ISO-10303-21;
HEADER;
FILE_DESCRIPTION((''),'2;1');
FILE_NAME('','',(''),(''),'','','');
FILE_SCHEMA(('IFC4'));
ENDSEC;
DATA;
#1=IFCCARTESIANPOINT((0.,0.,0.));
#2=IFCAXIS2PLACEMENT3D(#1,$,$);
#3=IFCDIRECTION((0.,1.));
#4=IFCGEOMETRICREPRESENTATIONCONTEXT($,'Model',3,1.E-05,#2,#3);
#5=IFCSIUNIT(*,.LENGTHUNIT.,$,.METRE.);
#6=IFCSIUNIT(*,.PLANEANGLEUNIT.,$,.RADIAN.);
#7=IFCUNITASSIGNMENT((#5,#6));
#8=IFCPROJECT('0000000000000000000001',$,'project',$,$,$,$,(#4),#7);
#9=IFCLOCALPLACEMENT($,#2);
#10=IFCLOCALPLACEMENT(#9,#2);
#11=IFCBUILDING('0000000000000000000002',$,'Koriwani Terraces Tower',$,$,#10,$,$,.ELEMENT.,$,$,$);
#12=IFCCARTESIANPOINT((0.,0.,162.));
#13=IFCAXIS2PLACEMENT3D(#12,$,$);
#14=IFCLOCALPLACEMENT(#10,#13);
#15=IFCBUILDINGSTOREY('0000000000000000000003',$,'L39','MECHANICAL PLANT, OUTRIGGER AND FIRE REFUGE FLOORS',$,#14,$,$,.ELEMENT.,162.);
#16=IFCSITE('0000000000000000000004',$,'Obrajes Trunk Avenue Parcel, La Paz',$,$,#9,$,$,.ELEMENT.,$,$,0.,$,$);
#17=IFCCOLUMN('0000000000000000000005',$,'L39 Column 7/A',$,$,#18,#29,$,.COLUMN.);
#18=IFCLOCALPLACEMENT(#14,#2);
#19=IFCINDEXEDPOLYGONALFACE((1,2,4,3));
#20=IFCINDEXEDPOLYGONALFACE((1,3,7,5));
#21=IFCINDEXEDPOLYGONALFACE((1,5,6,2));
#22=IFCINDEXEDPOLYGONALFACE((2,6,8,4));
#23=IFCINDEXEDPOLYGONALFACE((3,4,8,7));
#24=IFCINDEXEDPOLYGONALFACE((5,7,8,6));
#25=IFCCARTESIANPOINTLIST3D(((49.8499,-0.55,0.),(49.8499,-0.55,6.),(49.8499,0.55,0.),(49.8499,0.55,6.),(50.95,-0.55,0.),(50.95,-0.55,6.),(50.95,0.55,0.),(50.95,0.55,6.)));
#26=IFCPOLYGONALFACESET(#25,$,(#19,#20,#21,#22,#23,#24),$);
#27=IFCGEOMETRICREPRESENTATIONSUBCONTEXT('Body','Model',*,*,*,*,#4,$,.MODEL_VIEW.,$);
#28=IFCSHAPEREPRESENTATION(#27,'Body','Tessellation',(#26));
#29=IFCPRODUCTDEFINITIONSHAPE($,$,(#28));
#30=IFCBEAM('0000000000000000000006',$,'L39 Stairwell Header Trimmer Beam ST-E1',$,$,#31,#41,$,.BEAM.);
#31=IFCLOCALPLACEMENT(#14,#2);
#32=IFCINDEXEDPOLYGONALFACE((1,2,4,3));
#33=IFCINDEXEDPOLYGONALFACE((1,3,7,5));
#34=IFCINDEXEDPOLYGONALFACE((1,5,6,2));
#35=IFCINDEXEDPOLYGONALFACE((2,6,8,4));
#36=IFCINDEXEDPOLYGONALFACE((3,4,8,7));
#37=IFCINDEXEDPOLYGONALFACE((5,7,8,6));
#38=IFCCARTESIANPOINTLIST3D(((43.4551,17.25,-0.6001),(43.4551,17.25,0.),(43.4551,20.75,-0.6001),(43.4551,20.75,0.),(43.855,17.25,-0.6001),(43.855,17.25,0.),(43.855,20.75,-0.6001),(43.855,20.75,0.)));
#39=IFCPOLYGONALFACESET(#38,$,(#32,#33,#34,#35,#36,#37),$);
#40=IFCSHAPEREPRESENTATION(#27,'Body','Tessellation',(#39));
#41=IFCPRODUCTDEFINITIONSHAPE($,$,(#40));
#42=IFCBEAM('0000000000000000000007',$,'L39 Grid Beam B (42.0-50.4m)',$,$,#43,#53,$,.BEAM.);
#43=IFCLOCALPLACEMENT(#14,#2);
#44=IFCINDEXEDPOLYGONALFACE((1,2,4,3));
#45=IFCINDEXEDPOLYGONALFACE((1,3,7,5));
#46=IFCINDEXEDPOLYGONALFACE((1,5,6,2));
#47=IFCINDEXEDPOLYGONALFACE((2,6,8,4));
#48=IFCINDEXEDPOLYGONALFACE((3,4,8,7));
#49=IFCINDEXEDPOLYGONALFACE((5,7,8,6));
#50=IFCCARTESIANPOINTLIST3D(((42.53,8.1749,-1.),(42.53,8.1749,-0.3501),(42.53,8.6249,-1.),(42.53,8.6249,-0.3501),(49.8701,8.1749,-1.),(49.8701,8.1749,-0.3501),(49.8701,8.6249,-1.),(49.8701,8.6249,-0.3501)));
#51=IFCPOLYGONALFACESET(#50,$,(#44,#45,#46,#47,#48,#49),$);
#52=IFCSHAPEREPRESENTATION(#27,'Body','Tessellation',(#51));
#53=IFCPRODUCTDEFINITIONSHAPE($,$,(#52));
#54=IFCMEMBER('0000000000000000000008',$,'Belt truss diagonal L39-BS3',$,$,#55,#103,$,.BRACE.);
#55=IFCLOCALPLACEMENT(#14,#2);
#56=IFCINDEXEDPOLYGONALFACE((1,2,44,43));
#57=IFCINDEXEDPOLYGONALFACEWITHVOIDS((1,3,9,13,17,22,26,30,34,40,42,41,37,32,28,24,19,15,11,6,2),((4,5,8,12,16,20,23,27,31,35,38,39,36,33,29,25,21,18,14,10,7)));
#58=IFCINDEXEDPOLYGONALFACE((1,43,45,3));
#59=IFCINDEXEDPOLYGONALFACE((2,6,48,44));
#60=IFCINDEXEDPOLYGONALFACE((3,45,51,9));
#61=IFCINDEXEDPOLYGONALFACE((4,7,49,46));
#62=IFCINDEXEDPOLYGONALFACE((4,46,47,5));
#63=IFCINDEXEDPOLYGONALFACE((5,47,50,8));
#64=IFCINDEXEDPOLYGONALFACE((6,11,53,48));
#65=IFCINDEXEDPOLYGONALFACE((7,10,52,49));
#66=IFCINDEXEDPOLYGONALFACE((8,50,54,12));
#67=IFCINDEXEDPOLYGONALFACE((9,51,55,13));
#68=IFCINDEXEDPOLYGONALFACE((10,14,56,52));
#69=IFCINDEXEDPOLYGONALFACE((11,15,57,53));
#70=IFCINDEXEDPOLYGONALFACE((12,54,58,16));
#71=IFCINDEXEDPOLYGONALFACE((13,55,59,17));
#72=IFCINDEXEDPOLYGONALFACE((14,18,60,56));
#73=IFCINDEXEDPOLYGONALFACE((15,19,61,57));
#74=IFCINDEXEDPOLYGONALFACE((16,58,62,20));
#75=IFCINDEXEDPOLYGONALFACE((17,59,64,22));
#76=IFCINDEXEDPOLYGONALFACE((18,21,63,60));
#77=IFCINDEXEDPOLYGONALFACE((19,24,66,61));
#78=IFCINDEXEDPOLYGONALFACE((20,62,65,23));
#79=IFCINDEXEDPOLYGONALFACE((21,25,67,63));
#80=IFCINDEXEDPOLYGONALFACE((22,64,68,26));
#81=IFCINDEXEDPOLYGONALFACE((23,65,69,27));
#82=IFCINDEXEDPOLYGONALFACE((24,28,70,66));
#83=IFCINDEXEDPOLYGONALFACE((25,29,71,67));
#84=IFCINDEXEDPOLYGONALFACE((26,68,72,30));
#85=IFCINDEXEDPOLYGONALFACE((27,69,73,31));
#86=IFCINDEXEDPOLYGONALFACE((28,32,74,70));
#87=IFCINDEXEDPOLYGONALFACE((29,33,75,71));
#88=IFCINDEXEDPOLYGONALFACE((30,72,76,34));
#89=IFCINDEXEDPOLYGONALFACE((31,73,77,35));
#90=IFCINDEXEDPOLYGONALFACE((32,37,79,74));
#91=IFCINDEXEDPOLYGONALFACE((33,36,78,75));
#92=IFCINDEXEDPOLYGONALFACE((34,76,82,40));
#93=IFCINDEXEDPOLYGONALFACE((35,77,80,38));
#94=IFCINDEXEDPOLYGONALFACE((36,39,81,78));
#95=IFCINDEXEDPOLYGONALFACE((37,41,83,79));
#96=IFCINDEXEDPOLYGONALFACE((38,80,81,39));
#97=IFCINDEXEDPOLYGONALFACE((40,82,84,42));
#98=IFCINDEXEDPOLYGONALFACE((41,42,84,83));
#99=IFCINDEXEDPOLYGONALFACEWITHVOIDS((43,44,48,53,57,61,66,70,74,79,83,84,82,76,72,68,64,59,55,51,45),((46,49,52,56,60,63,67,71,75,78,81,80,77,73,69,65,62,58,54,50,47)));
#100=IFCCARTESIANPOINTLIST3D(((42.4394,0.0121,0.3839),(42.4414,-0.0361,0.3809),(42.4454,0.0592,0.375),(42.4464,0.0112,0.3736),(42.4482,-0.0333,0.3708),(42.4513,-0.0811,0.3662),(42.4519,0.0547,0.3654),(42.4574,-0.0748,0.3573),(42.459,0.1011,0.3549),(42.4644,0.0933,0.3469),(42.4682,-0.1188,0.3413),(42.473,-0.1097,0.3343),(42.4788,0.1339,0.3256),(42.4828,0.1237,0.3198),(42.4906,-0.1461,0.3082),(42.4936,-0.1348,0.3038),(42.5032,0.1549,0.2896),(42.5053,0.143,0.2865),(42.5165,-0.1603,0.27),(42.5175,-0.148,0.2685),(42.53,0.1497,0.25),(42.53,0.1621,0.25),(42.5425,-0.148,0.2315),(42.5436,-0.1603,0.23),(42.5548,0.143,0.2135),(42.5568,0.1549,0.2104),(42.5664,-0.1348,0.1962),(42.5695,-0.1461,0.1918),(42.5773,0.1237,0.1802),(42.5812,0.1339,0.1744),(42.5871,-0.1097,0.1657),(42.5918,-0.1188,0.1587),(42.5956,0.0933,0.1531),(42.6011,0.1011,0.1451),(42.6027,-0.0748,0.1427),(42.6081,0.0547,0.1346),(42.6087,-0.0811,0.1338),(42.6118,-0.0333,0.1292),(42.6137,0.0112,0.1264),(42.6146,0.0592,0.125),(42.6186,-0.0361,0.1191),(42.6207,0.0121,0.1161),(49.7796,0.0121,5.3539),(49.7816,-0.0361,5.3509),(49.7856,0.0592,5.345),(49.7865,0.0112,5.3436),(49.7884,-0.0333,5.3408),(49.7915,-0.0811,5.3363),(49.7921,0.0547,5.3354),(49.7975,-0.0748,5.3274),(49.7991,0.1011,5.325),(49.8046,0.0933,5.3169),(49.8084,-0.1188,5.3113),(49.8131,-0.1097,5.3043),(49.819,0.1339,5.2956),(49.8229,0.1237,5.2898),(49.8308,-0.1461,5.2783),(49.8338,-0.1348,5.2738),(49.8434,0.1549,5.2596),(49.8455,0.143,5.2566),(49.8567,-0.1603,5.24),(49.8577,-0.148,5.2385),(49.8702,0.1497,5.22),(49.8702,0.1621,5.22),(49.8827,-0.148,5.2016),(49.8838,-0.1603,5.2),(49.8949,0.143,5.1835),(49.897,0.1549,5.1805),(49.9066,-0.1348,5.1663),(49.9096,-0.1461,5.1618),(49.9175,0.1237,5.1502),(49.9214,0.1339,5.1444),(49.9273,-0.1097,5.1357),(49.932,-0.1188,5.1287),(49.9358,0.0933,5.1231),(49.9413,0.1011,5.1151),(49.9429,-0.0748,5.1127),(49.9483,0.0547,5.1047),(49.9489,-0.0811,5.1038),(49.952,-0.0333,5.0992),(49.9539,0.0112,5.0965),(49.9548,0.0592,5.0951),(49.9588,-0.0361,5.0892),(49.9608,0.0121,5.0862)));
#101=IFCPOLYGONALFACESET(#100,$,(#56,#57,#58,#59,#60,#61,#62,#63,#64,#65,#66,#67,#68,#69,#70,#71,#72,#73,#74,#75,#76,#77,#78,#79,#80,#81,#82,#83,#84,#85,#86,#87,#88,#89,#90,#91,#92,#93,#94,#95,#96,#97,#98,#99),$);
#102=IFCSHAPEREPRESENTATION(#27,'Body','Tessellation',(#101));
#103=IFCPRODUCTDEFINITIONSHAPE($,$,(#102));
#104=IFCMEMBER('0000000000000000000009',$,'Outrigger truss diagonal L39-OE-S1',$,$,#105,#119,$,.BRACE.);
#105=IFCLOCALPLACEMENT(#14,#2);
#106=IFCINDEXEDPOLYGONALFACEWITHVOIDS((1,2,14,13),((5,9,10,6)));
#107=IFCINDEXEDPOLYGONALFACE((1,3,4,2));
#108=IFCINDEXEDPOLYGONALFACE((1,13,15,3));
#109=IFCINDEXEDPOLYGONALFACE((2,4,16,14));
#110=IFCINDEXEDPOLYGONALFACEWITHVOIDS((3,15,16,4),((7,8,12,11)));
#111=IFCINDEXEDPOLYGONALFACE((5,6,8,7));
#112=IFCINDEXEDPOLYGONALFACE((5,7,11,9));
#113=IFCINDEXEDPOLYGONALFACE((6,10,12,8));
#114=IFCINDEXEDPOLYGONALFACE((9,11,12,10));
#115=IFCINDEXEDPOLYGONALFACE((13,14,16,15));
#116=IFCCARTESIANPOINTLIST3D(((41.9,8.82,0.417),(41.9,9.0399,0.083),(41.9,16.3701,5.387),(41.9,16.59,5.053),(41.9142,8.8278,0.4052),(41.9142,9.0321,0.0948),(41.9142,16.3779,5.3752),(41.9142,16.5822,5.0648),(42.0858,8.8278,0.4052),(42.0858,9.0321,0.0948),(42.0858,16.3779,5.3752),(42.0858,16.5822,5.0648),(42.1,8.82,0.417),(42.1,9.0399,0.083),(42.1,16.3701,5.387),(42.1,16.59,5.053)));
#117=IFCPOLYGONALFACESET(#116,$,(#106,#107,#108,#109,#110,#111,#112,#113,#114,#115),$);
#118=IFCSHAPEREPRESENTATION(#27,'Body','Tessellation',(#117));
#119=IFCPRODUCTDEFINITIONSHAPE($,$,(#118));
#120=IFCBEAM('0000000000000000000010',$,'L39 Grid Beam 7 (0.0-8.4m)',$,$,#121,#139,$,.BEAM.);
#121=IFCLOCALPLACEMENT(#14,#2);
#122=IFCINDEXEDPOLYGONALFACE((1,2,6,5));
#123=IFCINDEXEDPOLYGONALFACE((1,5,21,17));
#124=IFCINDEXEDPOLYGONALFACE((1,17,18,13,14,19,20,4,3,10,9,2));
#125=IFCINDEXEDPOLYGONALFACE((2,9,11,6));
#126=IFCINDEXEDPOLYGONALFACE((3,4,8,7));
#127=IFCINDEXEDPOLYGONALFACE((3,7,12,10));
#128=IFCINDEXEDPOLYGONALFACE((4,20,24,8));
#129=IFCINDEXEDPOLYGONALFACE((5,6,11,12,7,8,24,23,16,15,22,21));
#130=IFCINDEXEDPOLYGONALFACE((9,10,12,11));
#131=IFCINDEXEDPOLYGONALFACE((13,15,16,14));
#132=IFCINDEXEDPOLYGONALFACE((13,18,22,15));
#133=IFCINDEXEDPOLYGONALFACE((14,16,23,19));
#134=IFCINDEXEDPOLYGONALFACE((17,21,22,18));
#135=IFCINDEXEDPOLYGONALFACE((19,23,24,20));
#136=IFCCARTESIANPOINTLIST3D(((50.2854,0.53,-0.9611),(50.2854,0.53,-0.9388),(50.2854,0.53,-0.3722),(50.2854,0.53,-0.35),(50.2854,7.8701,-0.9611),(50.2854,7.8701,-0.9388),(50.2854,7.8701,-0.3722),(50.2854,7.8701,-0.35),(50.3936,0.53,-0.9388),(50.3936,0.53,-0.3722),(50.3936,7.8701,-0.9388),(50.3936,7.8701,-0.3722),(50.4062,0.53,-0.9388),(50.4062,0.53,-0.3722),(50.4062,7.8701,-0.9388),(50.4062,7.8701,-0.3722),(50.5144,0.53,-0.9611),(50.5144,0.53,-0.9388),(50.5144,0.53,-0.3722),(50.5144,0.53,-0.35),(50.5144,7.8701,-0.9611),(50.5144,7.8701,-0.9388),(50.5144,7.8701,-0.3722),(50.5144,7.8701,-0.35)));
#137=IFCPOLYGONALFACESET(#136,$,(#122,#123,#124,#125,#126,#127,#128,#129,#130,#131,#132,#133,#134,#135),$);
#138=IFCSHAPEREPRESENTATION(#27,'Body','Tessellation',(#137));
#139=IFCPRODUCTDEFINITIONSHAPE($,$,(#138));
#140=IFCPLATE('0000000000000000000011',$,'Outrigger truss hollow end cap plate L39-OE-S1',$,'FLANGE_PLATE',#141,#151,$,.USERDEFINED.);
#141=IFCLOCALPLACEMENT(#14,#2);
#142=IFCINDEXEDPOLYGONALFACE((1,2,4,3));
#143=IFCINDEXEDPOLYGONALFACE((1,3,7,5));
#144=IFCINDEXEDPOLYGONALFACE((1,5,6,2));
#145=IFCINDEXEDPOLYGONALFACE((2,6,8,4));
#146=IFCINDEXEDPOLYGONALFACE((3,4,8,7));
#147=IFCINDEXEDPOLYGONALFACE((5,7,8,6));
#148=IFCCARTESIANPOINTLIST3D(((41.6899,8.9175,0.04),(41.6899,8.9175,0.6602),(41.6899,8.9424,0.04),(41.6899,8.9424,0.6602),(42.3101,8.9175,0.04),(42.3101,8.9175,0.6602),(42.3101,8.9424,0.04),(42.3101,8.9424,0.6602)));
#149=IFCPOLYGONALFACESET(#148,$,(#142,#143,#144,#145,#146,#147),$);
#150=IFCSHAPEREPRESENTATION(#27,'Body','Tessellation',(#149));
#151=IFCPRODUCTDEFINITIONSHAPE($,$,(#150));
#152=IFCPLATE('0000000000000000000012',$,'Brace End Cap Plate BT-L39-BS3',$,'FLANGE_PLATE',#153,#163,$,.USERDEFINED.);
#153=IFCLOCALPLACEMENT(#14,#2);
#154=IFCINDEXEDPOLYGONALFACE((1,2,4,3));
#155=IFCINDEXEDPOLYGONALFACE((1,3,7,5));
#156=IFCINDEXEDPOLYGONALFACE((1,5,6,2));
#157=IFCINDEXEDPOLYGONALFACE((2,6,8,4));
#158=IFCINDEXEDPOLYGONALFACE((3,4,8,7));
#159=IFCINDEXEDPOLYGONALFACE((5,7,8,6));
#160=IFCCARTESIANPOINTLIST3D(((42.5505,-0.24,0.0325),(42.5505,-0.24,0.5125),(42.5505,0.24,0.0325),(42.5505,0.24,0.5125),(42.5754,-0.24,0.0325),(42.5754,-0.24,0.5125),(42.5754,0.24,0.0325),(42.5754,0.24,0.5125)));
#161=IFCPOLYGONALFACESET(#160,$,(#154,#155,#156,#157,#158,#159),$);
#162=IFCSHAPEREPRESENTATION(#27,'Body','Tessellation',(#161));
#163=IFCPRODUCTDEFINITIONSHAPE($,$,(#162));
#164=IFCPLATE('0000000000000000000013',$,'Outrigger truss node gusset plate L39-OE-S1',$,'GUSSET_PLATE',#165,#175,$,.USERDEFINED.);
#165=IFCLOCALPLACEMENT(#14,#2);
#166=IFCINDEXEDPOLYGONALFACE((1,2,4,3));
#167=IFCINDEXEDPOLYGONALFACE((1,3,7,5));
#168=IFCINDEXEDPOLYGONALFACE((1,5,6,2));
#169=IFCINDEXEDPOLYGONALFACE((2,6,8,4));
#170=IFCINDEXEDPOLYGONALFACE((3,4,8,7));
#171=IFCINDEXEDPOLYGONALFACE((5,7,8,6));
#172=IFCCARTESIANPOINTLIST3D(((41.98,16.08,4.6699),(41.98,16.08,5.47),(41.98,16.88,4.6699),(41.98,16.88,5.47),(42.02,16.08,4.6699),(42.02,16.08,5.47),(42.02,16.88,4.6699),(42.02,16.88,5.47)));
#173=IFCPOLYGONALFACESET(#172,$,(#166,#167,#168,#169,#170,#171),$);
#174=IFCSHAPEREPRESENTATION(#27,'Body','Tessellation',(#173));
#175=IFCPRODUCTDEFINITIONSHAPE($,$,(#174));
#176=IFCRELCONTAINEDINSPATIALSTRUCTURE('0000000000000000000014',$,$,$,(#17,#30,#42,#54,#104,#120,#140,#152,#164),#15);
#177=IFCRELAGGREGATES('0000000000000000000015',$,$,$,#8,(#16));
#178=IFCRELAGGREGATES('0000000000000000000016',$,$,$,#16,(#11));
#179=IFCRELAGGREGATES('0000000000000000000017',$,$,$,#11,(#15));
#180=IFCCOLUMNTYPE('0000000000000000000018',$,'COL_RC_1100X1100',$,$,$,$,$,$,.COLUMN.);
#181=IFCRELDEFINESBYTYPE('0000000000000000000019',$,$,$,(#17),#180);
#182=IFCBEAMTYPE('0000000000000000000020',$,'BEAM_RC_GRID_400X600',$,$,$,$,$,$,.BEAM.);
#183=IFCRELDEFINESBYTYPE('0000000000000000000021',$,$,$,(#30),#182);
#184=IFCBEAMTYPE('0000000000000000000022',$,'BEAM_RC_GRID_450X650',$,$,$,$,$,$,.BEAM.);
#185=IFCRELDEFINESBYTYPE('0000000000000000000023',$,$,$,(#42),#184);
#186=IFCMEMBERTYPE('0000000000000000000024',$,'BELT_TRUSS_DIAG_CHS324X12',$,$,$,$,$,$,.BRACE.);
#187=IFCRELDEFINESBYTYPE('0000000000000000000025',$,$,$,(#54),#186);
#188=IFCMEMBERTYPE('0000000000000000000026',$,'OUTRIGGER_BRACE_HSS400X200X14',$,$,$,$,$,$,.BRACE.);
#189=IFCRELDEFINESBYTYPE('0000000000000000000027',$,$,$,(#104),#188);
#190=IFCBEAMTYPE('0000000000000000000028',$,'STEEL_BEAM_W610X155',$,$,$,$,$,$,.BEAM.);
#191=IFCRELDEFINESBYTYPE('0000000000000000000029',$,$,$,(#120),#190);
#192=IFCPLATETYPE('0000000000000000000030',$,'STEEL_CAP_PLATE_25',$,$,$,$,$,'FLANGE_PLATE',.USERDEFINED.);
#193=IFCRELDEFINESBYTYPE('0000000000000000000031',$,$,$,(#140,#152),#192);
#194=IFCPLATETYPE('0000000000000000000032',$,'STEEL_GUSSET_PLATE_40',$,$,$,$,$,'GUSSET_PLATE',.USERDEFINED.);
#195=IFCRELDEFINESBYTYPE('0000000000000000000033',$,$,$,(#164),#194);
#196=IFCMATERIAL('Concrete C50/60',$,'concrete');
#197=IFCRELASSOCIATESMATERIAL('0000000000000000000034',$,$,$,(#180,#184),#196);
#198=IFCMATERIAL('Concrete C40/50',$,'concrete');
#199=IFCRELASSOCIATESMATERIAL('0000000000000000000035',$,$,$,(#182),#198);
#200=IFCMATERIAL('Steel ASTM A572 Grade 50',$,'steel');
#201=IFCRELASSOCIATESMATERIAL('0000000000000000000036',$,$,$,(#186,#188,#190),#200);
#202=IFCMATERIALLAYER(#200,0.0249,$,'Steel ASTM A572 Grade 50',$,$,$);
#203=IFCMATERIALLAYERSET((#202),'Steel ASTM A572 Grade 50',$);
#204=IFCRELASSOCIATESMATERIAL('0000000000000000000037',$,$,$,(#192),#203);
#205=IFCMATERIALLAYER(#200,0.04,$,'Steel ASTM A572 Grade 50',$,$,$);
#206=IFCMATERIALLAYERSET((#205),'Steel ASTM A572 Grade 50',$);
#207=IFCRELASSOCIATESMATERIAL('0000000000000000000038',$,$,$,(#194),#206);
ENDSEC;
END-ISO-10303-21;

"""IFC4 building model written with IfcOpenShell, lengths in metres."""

from ifc_helpers import new_model, si_unit, direction, frame, origin, origin_2d, place, context, subcontext, project, spatial, rectangle, hollow_rectangle, hollow_circle, i_section, extrude, material, layer, layer_set, material_profile, profile_set, type_object, element, save


model = new_model("IFC4")

# Units and contexts
model_context = context("Model", 3, precision=1e-05, world=origin(), true_north=direction((0.0, 1.0)))
body_context = subcontext(model_context, "Body", "Model", "MODEL_VIEW")
ifc_project = project(units=[si_unit("LENGTHUNIT", "METRE"), si_unit("PLANEANGLEUNIT", "RADIAN")], contexts=[model_context])

# Site, building, storey
site_placement = place(None, origin())
site = spatial("IfcSite", under=ifc_project, at=site_placement, Name="Obrajes Trunk Avenue Parcel, La Paz", CompositionType="ELEMENT", RefElevation=0.0)
building_placement = place(site_placement, origin())
building = spatial("IfcBuilding", under=site, at=building_placement, Name="Koriwani Terraces Tower", CompositionType="ELEMENT")
storey_placement = place(building_placement, frame((0.0, 0.0, 162.0)))
storey = spatial("IfcBuildingStorey", under=building, at=storey_placement, Name="L39", Description="MECHANICAL PLANT, OUTRIGGER AND FIRE REFUGE FLOORS", CompositionType="ELEMENT", Elevation=162.0)

# Column
ifc_material_1 = material(Name="Concrete C50/60", Category="concrete")
ifc_material_profile_1 = material_profile(ifc_material_1, rectangle(XDim=1.1001, YDim=1.1001, at=origin_2d()), Name="Concrete C50/60", Category="LoadBearing")
ifc_profile_set_1 = profile_set([ifc_material_profile_1], Name="Concrete C50/60")
column_type = type_object("IfcColumnType", Name="COL_RC_1100X1100", PredefinedType="COLUMN", material=ifc_profile_set_1)
column_placement = place(storey_placement, frame((50.3999, 0.0, 0.0), z_axis=(0.0, 0.0, 1.0), x_axis=(1.0, 0.0, 0.0)))
element("IfcColumn", 1, at=column_placement, inside=storey, type_object=column_type, Name="L39 Column 7/A", PredefinedType="COLUMN", context=body_context, shape_type="SweptSolid", body=[
    extrude(rectangle(XDim=1.1001, YDim=1.1001, at=origin_2d()), origin(), (0.0, 0.0, 1.0), 6.0),
])

# Beams
ifc_material_2 = material(Name="Concrete C40/50", Category="concrete")
ifc_material_profile_2 = material_profile(ifc_material_2, rectangle(XDim=0.3999, YDim=0.6001, at=origin_2d()), Name="Concrete C40/50", Category="LoadBearing")
ifc_profile_set_2 = profile_set([ifc_material_profile_2], Name="Concrete C40/50")
beam_type_1 = type_object("IfcBeamType", Name="BEAM_RC_GRID_400X600", PredefinedType="BEAM", material=ifc_profile_set_2)
beam_1_placement = place(storey_placement, frame((43.655, 17.25, -0.3), z_axis=(0.0, 1.0, 0.0), x_axis=(-1.0, 0.0, 0.0)))
element("IfcBeam", 2, at=beam_1_placement, inside=storey, type_object=beam_type_1, Name="L39 Stairwell Header Trimmer Beam ST-E1", PredefinedType="BEAM", context=body_context, shape_type="SweptSolid", body=[
    extrude(rectangle(XDim=0.3999, YDim=0.6001, at=origin_2d()), origin(), (0.0, 0.0, 1.0), 3.5),
])
ifc_material_profile_3 = material_profile(ifc_material_1, rectangle(XDim=0.45, YDim=0.6499, at=origin_2d()), Name="Concrete C50/60", Category="LoadBearing")
ifc_profile_set_3 = profile_set([ifc_material_profile_3], Name="Concrete C50/60")
beam_type_2 = type_object("IfcBeamType", Name="BEAM_RC_GRID_450X650", PredefinedType="BEAM", material=ifc_profile_set_3)
beam_2_placement = place(storey_placement, frame((42.53, 8.3999, -0.675), z_axis=(1.0, 0.0, 0.0), x_axis=(0.0, 1.0, 0.0)))
element("IfcBeam", 3, at=beam_2_placement, inside=storey, type_object=beam_type_2, Name="L39 Grid Beam B (42.0-50.4m)", PredefinedType="BEAM", context=body_context, shape_type="SweptSolid", body=[
    extrude(rectangle(XDim=0.45, YDim=0.6499, at=origin_2d()), origin(), (0.0, 0.0, 1.0), 7.3401),
])

# Members
ifc_material_3 = material(Name="Steel ASTM A572 Grade 50", Category="steel")
ifc_material_profile_4 = material_profile(ifc_material_3, hollow_circle(Radius=0.1621, WallThickness=0.0125, at=origin_2d()), Name="Steel ASTM A572 Grade 50", Category="LoadBearing")
ifc_profile_set_4 = profile_set([ifc_material_profile_4], Name="Steel ASTM A572 Grade 50")
member_type_1 = type_object("IfcMemberType", Name="BELT_TRUSS_DIAG_CHS324X12", PredefinedType="BRACE", material=ifc_profile_set_4)
member_1_placement = place(storey_placement, frame((42.53, 0.0, 0.25), z_axis=(0.828042, 0.0, 0.560667), x_axis=(0.0, 1.0, 0.0)))
element("IfcMember", 4, at=member_1_placement, inside=storey, type_object=member_type_1, Name="Belt truss diagonal L39-BS3", PredefinedType="BRACE", context=body_context, shape_type="SweptSolid", body=[
    extrude(hollow_circle(Radius=0.1621, WallThickness=0.0125, at=origin_2d()), origin(), (0.0, 0.0, 1.0), 8.8645),
])
ifc_material_profile_5 = material_profile(ifc_material_3, hollow_rectangle(XDim=0.2, YDim=0.3999, WallThickness=0.0142, at=origin_2d()), Name="Steel ASTM A572 Grade 50", Category="LoadBearing")
ifc_profile_set_5 = profile_set([ifc_material_profile_5], Name="Steel ASTM A572 Grade 50")
member_type_2 = type_object("IfcMemberType", Name="OUTRIGGER_BRACE_HSS400X200X14", PredefinedType="BRACE", material=ifc_profile_set_5)
member_2_placement = place(storey_placement, frame((42.0, 8.9299, 0.25), z_axis=(0.0, 0.835273, 0.549835), x_axis=(-1.0, 0.0, 0.0)))
element("IfcMember", 5, at=member_2_placement, inside=storey, type_object=member_type_2, Name="Outrigger truss diagonal L39-OE-S1", PredefinedType="BRACE", context=body_context, shape_type="SweptSolid", body=[
    extrude(hollow_rectangle(XDim=0.2, YDim=0.3999, WallThickness=0.0142, at=origin_2d()), origin(), (0.0, 0.0, 1.0), 9.0391),
])

# Beam
ifc_material_profile_6 = material_profile(ifc_material_3, i_section(OverallWidth=0.229, OverallDepth=0.6111, WebThickness=0.0127, FlangeThickness=0.0222, at=origin_2d()), Name="Steel ASTM A572 Grade 50", Category="LoadBearing")
ifc_profile_set_6 = profile_set([ifc_material_profile_6], Name="Steel ASTM A572 Grade 50")
beam_type_3 = type_object("IfcBeamType", Name="STEEL_BEAM_W610X155", PredefinedType="BEAM", material=ifc_profile_set_6)
beam_3_placement = place(storey_placement, frame((50.3999, 0.53, -0.6555), z_axis=(0.0, 1.0, 0.0), x_axis=(-1.0, 0.0, 0.0)))
element("IfcBeam", 6, at=beam_3_placement, inside=storey, type_object=beam_type_3, Name="L39 Grid Beam 7 (0.0-8.4m)", PredefinedType="BEAM", context=body_context, shape_type="SweptSolid", body=[
    extrude(i_section(OverallWidth=0.229, OverallDepth=0.6111, WebThickness=0.0127, FlangeThickness=0.0222, at=origin_2d()), origin(), (0.0, 0.0, 1.0), 7.3401),
])

# Plates
ifc_layer_1 = layer(ifc_material_3, 0.0249, Name="Steel ASTM A572 Grade 50")
ifc_layer_set_1 = layer_set([ifc_layer_1], Name="Steel ASTM A572 Grade 50")
plate_type_1 = type_object("IfcPlateType", Name="STEEL_CAP_PLATE_25", ElementType="FLANGE_PLATE", PredefinedType="USERDEFINED", material=ifc_layer_set_1)
plate_1_placement = place(storey_placement, frame((42.0, 8.9299, 0.04), z_axis=(0.0, 0.0, 1.0), x_axis=(0.0, 1.0, 0.0)))
element("IfcPlate", 7, at=plate_1_placement, inside=storey, type_object=plate_type_1, Name="Outrigger truss hollow end cap plate L39-OE-S1", ObjectType="FLANGE_PLATE", PredefinedType="USERDEFINED", context=body_context, shape_type="SweptSolid", body=[
    extrude(rectangle(XDim=0.0249, YDim=0.6201, at=origin_2d()), origin(), (0.0, 0.0, 1.0), 0.6201),
])
plate_2_placement = place(storey_placement, frame((42.563, 0.0, 0.0325), z_axis=(0.0, 0.0, 1.0), x_axis=(1.0, 0.0, 0.0)))
element("IfcPlate", 8, at=plate_2_placement, inside=storey, type_object=plate_type_1, Name="Brace End Cap Plate BT-L39-BS3", ObjectType="FLANGE_PLATE", PredefinedType="USERDEFINED", context=body_context, shape_type="SweptSolid", body=[
    extrude(rectangle(XDim=0.0249, YDim=0.48, at=origin_2d()), origin(), (0.0, 0.0, 1.0), 0.48),
])
ifc_layer_2 = layer(ifc_material_3, 0.04, Name="Steel ASTM A572 Grade 50")
ifc_layer_set_2 = layer_set([ifc_layer_2], Name="Steel ASTM A572 Grade 50")
plate_type_2 = type_object("IfcPlateType", Name="STEEL_GUSSET_PLATE_40", ElementType="GUSSET_PLATE", PredefinedType="USERDEFINED", material=ifc_layer_set_2)
plate_3_placement = place(storey_placement, frame((42.0, 16.48, 4.6699), z_axis=(0.0, 0.0, 1.0), x_axis=(0.0, 1.0, 0.0)))
element("IfcPlate", 9, at=plate_3_placement, inside=storey, type_object=plate_type_2, Name="Outrigger truss node gusset plate L39-OE-S1", ObjectType="GUSSET_PLATE", PredefinedType="USERDEFINED", context=body_context, shape_type="SweptSolid", body=[
    extrude(rectangle(XDim=0.8, YDim=0.04, at=origin_2d()), origin(), (0.0, 0.0, 1.0), 0.8),
])

save(model, "model.ifc")
